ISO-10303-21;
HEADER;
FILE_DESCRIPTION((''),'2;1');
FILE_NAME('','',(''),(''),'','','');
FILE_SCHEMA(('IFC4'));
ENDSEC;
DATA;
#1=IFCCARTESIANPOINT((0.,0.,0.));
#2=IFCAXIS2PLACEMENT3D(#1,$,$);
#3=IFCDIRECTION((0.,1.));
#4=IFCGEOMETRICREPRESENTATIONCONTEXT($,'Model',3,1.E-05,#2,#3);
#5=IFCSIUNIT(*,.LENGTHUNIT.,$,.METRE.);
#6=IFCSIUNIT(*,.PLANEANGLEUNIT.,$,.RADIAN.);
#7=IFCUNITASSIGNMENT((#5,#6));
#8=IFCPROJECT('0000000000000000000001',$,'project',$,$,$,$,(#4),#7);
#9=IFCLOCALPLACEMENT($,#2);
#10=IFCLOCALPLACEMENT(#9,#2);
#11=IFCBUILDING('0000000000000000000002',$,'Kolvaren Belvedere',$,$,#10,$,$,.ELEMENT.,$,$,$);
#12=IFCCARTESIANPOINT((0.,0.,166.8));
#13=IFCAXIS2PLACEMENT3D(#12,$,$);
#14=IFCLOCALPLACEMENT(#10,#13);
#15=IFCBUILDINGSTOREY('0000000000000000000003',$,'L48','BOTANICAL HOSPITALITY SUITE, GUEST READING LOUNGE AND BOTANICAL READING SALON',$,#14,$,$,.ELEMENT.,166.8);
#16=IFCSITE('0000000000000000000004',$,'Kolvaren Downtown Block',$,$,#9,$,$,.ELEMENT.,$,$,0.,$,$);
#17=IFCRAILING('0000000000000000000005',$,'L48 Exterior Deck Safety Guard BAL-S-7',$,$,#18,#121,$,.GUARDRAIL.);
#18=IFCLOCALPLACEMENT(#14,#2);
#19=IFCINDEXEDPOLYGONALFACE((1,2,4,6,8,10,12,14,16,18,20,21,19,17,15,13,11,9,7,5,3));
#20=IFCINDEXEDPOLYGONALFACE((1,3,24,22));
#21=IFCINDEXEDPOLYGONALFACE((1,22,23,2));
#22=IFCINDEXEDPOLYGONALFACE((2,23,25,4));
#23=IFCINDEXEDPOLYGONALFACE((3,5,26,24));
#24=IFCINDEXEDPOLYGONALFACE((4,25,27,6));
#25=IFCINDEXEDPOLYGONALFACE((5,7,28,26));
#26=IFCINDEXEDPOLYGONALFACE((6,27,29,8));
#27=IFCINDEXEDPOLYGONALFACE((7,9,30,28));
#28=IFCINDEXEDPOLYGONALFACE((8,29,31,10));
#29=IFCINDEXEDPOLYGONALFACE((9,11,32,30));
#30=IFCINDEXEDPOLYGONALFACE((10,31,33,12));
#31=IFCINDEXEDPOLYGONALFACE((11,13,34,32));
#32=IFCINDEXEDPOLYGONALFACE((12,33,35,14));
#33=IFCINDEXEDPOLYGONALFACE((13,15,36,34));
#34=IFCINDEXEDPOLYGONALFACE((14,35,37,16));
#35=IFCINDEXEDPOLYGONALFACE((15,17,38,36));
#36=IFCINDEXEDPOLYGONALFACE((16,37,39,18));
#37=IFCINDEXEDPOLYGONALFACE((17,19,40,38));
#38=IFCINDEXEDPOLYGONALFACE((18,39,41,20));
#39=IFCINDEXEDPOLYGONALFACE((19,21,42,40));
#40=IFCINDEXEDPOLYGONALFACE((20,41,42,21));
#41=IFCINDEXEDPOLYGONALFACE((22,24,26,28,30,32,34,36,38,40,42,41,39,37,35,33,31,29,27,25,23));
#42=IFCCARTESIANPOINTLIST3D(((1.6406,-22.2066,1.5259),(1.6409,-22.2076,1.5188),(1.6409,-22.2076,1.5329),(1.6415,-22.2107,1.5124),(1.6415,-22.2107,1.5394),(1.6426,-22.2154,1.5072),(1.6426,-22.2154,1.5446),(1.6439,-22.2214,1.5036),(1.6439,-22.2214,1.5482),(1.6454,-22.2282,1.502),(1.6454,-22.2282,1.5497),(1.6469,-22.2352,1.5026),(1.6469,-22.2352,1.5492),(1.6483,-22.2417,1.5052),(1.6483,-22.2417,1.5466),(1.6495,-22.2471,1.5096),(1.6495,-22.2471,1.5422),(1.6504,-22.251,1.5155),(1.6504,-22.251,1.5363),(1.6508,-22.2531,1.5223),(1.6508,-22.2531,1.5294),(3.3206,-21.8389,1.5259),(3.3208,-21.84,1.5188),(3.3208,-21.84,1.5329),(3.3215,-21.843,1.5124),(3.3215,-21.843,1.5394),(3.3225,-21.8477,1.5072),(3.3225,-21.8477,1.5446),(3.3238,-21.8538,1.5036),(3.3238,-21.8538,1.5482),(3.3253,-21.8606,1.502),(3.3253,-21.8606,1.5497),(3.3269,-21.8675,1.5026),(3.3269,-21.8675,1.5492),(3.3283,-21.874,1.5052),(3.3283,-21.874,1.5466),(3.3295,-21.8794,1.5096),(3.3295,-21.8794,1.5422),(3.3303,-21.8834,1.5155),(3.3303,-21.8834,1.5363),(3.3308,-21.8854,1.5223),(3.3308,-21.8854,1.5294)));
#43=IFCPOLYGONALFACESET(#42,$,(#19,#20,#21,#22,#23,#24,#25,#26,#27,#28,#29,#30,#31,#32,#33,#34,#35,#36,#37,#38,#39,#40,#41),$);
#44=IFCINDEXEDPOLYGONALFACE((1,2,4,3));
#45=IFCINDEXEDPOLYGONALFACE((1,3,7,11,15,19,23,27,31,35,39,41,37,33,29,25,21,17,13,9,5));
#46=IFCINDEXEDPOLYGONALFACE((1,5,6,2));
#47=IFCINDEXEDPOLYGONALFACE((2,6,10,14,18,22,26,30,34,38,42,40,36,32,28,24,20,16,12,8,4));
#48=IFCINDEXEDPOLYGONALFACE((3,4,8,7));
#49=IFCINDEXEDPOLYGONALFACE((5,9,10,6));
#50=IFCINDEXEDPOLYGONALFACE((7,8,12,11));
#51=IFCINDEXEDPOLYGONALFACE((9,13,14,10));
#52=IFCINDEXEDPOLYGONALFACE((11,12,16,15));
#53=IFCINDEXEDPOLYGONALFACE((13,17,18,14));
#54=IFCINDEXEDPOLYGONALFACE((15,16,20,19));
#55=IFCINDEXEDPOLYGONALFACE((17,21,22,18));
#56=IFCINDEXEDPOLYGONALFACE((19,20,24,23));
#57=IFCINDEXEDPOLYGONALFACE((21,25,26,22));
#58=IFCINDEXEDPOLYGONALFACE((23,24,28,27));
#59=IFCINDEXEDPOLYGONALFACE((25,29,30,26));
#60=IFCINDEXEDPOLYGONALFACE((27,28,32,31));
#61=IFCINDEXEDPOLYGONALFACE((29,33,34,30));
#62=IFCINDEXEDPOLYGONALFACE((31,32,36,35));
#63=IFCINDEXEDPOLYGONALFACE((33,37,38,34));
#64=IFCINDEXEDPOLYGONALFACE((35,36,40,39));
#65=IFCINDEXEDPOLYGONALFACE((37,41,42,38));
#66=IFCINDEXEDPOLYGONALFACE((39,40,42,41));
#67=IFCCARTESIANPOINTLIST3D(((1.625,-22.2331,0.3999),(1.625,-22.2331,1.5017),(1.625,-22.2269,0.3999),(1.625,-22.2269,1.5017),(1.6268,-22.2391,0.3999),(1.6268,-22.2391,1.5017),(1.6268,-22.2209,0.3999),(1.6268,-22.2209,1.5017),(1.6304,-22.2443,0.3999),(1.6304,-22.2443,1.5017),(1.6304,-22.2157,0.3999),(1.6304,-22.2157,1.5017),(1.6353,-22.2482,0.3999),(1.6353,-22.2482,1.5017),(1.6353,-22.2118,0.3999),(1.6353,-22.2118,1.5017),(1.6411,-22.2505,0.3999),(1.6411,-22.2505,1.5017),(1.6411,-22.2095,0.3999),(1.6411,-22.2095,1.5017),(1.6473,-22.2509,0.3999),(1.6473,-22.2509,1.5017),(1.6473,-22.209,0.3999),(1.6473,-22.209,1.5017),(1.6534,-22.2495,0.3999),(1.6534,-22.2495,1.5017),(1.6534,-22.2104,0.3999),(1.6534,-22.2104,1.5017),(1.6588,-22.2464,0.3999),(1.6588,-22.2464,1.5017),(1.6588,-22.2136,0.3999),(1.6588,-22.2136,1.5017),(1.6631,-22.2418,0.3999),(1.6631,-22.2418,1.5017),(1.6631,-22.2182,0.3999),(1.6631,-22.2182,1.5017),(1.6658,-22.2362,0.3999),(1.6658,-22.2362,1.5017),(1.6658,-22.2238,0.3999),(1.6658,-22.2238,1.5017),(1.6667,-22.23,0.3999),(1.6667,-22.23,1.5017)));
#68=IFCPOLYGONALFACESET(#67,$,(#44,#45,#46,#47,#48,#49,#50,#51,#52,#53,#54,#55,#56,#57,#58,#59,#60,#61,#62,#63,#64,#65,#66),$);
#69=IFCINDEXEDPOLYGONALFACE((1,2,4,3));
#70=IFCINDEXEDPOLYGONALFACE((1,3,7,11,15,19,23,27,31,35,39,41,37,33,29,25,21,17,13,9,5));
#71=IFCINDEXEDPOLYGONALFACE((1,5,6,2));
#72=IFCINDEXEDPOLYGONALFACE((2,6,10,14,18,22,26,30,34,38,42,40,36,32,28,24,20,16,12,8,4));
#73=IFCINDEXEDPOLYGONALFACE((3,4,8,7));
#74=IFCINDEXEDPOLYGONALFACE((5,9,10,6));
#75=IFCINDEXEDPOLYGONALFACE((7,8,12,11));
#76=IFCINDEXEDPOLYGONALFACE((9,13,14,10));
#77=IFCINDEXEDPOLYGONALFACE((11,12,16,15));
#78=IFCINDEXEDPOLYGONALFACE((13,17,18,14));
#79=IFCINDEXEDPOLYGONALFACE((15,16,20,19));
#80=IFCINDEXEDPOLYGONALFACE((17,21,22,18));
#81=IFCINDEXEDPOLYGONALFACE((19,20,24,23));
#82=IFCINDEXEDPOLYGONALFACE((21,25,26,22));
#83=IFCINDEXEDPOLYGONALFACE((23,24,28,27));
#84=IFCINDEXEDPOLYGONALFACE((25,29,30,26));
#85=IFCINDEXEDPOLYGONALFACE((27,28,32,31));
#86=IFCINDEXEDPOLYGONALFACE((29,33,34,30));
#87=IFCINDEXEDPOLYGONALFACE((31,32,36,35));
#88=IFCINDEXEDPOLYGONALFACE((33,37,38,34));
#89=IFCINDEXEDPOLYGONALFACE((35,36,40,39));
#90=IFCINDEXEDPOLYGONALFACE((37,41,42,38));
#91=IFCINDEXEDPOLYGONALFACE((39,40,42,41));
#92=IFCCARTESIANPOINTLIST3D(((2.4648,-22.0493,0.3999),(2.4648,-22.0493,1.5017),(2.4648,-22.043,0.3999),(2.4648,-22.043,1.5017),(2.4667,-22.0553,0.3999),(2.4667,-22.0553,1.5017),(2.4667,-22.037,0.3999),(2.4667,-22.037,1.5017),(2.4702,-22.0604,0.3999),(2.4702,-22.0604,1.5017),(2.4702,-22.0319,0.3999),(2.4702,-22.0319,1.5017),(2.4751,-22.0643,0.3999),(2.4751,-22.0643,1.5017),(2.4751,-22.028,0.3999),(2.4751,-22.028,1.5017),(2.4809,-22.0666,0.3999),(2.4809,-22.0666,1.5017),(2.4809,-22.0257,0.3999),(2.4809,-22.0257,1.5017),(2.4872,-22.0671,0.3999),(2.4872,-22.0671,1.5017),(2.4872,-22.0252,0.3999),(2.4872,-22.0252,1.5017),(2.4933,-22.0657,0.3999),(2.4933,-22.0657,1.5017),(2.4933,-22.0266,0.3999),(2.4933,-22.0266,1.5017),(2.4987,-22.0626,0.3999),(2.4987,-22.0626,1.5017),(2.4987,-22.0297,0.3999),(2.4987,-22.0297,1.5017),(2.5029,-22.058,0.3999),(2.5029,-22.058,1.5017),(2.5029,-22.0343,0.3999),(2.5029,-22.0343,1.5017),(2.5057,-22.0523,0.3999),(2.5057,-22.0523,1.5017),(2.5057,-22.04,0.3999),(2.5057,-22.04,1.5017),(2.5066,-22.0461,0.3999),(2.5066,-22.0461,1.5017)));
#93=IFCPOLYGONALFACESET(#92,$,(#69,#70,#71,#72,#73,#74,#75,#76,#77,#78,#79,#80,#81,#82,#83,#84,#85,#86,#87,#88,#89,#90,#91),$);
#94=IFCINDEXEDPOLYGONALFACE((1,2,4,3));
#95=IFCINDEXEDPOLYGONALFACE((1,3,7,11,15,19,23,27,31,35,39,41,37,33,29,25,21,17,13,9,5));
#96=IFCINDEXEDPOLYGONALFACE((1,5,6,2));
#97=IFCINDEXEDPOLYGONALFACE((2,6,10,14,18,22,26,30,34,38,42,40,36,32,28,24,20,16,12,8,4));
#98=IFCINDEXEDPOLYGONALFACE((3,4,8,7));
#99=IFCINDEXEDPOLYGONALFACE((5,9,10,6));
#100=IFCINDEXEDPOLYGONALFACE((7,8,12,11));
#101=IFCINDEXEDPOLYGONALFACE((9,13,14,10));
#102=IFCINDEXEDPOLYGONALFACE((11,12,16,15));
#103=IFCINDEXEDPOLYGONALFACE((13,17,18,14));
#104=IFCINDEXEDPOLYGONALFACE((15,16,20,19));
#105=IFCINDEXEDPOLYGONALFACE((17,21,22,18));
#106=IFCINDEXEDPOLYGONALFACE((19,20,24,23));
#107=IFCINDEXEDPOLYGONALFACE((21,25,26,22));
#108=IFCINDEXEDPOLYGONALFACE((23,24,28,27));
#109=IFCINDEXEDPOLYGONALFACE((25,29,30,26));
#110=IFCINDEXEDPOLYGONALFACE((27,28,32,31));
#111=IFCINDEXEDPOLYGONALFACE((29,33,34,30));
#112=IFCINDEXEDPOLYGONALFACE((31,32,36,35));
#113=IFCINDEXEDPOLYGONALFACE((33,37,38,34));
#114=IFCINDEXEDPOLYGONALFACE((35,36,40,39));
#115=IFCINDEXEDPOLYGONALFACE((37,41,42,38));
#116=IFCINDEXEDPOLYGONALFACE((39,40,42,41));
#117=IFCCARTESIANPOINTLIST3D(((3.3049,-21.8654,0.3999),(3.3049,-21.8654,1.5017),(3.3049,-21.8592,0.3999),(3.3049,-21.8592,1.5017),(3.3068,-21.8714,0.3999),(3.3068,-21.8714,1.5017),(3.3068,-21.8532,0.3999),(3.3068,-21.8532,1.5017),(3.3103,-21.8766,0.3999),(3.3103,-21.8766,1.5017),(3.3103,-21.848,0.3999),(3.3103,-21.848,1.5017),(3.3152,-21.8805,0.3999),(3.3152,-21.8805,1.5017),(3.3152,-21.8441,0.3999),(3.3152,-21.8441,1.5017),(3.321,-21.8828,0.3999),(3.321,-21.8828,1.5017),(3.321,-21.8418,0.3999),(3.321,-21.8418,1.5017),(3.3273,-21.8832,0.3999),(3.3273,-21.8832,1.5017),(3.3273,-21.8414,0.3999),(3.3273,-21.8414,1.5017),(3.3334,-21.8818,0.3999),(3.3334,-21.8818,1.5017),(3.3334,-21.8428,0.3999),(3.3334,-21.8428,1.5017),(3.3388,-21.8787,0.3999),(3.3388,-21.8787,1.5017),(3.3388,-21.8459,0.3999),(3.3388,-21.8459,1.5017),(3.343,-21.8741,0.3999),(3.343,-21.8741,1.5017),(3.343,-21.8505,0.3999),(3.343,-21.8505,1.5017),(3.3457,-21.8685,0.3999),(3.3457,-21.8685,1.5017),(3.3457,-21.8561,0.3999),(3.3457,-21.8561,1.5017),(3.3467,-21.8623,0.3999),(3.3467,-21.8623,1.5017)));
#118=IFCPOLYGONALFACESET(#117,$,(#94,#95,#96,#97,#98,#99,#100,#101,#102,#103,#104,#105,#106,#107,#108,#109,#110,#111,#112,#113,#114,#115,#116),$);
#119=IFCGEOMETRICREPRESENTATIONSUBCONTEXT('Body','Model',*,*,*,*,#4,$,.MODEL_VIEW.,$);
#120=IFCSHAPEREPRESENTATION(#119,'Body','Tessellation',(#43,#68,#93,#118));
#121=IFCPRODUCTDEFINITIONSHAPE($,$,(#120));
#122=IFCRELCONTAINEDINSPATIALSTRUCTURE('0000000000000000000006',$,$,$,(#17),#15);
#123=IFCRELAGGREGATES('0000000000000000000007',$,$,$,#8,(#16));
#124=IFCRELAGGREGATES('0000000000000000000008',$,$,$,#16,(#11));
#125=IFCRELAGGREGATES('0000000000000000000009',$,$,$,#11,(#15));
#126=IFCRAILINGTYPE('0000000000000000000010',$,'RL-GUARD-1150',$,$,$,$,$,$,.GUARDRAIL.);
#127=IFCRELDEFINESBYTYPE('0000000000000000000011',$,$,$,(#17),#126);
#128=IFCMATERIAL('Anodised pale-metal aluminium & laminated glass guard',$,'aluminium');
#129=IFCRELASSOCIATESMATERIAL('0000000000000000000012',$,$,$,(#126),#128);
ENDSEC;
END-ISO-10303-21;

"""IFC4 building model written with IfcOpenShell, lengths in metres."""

from ifc_helpers import new_model, si_unit, direction, frame, origin, origin_2d, place, context, subcontext, project, spatial, circle, extrude, material, type_object, element, save


model = new_model("IFC4")

# Units and contexts
model_context = context("Model", 3, precision=1e-05, world=origin(), true_north=direction((0.0, 1.0)))
body_context = subcontext(model_context, "Body", "Model", "MODEL_VIEW")
ifc_project = project(units=[si_unit("LENGTHUNIT", "METRE"), si_unit("PLANEANGLEUNIT", "RADIAN")], contexts=[model_context])

# Site, building, storey
site_placement = place(None, origin())
site = spatial("IfcSite", under=ifc_project, at=site_placement, Name="Kolvaren Downtown Block", CompositionType="ELEMENT", RefElevation=0.0)
building_placement = place(site_placement, origin())
building = spatial("IfcBuilding", under=site, at=building_placement, Name="Kolvaren Belvedere", CompositionType="ELEMENT")
storey_placement = place(building_placement, frame((0.0, 0.0, 166.8)))
storey = spatial("IfcBuildingStorey", under=building, at=storey_placement, Name="L48", Description="BOTANICAL HOSPITALITY SUITE, GUEST READING LOUNGE AND BOTANICAL READING SALON", CompositionType="ELEMENT", Elevation=166.8)

# Railing
ifc_material_1 = material(Name="Anodised pale-metal aluminium & laminated glass guard", Category="aluminium")
railing_type = type_object("IfcRailingType", Name="RL-GUARD-1150", PredefinedType="GUARDRAIL", material=ifc_material_1)
railing_1_placement = place(storey_placement, frame((1.6458, -22.23, 0.3999)))
element("IfcRailing", 1, at=railing_1_placement, inside=storey, type_object=railing_type, Name="L48 Exterior Deck Safety Guard BAL-S-7", PredefinedType="GUARDRAIL", context=body_context, shape_type="SweptSolid", body=[
    extrude(circle(Radius=0.0239, at=origin_2d()), frame((0.0, 0.0, 1.126), z_axis=(0.976877, 0.213803, 0.0), x_axis=(-0.213803, 0.976877, 0.0)), (0.0, 0.0, 1.0), 1.7197),
    extrude(circle(Radius=0.021, at=origin_2d()), origin(), (0.0, 0.0, 1.0), 1.1018),
    extrude(circle(Radius=0.021, at=origin_2d()), frame((0.8398, 0.1838, 0.0)), (0.0, 0.0, 1.0), 1.1018),
    extrude(circle(Radius=0.021, at=origin_2d()), frame((1.6799, 0.3677, 0.0)), (0.0, 0.0, 1.0), 1.1018),
])

save(model, "model.ifc")
